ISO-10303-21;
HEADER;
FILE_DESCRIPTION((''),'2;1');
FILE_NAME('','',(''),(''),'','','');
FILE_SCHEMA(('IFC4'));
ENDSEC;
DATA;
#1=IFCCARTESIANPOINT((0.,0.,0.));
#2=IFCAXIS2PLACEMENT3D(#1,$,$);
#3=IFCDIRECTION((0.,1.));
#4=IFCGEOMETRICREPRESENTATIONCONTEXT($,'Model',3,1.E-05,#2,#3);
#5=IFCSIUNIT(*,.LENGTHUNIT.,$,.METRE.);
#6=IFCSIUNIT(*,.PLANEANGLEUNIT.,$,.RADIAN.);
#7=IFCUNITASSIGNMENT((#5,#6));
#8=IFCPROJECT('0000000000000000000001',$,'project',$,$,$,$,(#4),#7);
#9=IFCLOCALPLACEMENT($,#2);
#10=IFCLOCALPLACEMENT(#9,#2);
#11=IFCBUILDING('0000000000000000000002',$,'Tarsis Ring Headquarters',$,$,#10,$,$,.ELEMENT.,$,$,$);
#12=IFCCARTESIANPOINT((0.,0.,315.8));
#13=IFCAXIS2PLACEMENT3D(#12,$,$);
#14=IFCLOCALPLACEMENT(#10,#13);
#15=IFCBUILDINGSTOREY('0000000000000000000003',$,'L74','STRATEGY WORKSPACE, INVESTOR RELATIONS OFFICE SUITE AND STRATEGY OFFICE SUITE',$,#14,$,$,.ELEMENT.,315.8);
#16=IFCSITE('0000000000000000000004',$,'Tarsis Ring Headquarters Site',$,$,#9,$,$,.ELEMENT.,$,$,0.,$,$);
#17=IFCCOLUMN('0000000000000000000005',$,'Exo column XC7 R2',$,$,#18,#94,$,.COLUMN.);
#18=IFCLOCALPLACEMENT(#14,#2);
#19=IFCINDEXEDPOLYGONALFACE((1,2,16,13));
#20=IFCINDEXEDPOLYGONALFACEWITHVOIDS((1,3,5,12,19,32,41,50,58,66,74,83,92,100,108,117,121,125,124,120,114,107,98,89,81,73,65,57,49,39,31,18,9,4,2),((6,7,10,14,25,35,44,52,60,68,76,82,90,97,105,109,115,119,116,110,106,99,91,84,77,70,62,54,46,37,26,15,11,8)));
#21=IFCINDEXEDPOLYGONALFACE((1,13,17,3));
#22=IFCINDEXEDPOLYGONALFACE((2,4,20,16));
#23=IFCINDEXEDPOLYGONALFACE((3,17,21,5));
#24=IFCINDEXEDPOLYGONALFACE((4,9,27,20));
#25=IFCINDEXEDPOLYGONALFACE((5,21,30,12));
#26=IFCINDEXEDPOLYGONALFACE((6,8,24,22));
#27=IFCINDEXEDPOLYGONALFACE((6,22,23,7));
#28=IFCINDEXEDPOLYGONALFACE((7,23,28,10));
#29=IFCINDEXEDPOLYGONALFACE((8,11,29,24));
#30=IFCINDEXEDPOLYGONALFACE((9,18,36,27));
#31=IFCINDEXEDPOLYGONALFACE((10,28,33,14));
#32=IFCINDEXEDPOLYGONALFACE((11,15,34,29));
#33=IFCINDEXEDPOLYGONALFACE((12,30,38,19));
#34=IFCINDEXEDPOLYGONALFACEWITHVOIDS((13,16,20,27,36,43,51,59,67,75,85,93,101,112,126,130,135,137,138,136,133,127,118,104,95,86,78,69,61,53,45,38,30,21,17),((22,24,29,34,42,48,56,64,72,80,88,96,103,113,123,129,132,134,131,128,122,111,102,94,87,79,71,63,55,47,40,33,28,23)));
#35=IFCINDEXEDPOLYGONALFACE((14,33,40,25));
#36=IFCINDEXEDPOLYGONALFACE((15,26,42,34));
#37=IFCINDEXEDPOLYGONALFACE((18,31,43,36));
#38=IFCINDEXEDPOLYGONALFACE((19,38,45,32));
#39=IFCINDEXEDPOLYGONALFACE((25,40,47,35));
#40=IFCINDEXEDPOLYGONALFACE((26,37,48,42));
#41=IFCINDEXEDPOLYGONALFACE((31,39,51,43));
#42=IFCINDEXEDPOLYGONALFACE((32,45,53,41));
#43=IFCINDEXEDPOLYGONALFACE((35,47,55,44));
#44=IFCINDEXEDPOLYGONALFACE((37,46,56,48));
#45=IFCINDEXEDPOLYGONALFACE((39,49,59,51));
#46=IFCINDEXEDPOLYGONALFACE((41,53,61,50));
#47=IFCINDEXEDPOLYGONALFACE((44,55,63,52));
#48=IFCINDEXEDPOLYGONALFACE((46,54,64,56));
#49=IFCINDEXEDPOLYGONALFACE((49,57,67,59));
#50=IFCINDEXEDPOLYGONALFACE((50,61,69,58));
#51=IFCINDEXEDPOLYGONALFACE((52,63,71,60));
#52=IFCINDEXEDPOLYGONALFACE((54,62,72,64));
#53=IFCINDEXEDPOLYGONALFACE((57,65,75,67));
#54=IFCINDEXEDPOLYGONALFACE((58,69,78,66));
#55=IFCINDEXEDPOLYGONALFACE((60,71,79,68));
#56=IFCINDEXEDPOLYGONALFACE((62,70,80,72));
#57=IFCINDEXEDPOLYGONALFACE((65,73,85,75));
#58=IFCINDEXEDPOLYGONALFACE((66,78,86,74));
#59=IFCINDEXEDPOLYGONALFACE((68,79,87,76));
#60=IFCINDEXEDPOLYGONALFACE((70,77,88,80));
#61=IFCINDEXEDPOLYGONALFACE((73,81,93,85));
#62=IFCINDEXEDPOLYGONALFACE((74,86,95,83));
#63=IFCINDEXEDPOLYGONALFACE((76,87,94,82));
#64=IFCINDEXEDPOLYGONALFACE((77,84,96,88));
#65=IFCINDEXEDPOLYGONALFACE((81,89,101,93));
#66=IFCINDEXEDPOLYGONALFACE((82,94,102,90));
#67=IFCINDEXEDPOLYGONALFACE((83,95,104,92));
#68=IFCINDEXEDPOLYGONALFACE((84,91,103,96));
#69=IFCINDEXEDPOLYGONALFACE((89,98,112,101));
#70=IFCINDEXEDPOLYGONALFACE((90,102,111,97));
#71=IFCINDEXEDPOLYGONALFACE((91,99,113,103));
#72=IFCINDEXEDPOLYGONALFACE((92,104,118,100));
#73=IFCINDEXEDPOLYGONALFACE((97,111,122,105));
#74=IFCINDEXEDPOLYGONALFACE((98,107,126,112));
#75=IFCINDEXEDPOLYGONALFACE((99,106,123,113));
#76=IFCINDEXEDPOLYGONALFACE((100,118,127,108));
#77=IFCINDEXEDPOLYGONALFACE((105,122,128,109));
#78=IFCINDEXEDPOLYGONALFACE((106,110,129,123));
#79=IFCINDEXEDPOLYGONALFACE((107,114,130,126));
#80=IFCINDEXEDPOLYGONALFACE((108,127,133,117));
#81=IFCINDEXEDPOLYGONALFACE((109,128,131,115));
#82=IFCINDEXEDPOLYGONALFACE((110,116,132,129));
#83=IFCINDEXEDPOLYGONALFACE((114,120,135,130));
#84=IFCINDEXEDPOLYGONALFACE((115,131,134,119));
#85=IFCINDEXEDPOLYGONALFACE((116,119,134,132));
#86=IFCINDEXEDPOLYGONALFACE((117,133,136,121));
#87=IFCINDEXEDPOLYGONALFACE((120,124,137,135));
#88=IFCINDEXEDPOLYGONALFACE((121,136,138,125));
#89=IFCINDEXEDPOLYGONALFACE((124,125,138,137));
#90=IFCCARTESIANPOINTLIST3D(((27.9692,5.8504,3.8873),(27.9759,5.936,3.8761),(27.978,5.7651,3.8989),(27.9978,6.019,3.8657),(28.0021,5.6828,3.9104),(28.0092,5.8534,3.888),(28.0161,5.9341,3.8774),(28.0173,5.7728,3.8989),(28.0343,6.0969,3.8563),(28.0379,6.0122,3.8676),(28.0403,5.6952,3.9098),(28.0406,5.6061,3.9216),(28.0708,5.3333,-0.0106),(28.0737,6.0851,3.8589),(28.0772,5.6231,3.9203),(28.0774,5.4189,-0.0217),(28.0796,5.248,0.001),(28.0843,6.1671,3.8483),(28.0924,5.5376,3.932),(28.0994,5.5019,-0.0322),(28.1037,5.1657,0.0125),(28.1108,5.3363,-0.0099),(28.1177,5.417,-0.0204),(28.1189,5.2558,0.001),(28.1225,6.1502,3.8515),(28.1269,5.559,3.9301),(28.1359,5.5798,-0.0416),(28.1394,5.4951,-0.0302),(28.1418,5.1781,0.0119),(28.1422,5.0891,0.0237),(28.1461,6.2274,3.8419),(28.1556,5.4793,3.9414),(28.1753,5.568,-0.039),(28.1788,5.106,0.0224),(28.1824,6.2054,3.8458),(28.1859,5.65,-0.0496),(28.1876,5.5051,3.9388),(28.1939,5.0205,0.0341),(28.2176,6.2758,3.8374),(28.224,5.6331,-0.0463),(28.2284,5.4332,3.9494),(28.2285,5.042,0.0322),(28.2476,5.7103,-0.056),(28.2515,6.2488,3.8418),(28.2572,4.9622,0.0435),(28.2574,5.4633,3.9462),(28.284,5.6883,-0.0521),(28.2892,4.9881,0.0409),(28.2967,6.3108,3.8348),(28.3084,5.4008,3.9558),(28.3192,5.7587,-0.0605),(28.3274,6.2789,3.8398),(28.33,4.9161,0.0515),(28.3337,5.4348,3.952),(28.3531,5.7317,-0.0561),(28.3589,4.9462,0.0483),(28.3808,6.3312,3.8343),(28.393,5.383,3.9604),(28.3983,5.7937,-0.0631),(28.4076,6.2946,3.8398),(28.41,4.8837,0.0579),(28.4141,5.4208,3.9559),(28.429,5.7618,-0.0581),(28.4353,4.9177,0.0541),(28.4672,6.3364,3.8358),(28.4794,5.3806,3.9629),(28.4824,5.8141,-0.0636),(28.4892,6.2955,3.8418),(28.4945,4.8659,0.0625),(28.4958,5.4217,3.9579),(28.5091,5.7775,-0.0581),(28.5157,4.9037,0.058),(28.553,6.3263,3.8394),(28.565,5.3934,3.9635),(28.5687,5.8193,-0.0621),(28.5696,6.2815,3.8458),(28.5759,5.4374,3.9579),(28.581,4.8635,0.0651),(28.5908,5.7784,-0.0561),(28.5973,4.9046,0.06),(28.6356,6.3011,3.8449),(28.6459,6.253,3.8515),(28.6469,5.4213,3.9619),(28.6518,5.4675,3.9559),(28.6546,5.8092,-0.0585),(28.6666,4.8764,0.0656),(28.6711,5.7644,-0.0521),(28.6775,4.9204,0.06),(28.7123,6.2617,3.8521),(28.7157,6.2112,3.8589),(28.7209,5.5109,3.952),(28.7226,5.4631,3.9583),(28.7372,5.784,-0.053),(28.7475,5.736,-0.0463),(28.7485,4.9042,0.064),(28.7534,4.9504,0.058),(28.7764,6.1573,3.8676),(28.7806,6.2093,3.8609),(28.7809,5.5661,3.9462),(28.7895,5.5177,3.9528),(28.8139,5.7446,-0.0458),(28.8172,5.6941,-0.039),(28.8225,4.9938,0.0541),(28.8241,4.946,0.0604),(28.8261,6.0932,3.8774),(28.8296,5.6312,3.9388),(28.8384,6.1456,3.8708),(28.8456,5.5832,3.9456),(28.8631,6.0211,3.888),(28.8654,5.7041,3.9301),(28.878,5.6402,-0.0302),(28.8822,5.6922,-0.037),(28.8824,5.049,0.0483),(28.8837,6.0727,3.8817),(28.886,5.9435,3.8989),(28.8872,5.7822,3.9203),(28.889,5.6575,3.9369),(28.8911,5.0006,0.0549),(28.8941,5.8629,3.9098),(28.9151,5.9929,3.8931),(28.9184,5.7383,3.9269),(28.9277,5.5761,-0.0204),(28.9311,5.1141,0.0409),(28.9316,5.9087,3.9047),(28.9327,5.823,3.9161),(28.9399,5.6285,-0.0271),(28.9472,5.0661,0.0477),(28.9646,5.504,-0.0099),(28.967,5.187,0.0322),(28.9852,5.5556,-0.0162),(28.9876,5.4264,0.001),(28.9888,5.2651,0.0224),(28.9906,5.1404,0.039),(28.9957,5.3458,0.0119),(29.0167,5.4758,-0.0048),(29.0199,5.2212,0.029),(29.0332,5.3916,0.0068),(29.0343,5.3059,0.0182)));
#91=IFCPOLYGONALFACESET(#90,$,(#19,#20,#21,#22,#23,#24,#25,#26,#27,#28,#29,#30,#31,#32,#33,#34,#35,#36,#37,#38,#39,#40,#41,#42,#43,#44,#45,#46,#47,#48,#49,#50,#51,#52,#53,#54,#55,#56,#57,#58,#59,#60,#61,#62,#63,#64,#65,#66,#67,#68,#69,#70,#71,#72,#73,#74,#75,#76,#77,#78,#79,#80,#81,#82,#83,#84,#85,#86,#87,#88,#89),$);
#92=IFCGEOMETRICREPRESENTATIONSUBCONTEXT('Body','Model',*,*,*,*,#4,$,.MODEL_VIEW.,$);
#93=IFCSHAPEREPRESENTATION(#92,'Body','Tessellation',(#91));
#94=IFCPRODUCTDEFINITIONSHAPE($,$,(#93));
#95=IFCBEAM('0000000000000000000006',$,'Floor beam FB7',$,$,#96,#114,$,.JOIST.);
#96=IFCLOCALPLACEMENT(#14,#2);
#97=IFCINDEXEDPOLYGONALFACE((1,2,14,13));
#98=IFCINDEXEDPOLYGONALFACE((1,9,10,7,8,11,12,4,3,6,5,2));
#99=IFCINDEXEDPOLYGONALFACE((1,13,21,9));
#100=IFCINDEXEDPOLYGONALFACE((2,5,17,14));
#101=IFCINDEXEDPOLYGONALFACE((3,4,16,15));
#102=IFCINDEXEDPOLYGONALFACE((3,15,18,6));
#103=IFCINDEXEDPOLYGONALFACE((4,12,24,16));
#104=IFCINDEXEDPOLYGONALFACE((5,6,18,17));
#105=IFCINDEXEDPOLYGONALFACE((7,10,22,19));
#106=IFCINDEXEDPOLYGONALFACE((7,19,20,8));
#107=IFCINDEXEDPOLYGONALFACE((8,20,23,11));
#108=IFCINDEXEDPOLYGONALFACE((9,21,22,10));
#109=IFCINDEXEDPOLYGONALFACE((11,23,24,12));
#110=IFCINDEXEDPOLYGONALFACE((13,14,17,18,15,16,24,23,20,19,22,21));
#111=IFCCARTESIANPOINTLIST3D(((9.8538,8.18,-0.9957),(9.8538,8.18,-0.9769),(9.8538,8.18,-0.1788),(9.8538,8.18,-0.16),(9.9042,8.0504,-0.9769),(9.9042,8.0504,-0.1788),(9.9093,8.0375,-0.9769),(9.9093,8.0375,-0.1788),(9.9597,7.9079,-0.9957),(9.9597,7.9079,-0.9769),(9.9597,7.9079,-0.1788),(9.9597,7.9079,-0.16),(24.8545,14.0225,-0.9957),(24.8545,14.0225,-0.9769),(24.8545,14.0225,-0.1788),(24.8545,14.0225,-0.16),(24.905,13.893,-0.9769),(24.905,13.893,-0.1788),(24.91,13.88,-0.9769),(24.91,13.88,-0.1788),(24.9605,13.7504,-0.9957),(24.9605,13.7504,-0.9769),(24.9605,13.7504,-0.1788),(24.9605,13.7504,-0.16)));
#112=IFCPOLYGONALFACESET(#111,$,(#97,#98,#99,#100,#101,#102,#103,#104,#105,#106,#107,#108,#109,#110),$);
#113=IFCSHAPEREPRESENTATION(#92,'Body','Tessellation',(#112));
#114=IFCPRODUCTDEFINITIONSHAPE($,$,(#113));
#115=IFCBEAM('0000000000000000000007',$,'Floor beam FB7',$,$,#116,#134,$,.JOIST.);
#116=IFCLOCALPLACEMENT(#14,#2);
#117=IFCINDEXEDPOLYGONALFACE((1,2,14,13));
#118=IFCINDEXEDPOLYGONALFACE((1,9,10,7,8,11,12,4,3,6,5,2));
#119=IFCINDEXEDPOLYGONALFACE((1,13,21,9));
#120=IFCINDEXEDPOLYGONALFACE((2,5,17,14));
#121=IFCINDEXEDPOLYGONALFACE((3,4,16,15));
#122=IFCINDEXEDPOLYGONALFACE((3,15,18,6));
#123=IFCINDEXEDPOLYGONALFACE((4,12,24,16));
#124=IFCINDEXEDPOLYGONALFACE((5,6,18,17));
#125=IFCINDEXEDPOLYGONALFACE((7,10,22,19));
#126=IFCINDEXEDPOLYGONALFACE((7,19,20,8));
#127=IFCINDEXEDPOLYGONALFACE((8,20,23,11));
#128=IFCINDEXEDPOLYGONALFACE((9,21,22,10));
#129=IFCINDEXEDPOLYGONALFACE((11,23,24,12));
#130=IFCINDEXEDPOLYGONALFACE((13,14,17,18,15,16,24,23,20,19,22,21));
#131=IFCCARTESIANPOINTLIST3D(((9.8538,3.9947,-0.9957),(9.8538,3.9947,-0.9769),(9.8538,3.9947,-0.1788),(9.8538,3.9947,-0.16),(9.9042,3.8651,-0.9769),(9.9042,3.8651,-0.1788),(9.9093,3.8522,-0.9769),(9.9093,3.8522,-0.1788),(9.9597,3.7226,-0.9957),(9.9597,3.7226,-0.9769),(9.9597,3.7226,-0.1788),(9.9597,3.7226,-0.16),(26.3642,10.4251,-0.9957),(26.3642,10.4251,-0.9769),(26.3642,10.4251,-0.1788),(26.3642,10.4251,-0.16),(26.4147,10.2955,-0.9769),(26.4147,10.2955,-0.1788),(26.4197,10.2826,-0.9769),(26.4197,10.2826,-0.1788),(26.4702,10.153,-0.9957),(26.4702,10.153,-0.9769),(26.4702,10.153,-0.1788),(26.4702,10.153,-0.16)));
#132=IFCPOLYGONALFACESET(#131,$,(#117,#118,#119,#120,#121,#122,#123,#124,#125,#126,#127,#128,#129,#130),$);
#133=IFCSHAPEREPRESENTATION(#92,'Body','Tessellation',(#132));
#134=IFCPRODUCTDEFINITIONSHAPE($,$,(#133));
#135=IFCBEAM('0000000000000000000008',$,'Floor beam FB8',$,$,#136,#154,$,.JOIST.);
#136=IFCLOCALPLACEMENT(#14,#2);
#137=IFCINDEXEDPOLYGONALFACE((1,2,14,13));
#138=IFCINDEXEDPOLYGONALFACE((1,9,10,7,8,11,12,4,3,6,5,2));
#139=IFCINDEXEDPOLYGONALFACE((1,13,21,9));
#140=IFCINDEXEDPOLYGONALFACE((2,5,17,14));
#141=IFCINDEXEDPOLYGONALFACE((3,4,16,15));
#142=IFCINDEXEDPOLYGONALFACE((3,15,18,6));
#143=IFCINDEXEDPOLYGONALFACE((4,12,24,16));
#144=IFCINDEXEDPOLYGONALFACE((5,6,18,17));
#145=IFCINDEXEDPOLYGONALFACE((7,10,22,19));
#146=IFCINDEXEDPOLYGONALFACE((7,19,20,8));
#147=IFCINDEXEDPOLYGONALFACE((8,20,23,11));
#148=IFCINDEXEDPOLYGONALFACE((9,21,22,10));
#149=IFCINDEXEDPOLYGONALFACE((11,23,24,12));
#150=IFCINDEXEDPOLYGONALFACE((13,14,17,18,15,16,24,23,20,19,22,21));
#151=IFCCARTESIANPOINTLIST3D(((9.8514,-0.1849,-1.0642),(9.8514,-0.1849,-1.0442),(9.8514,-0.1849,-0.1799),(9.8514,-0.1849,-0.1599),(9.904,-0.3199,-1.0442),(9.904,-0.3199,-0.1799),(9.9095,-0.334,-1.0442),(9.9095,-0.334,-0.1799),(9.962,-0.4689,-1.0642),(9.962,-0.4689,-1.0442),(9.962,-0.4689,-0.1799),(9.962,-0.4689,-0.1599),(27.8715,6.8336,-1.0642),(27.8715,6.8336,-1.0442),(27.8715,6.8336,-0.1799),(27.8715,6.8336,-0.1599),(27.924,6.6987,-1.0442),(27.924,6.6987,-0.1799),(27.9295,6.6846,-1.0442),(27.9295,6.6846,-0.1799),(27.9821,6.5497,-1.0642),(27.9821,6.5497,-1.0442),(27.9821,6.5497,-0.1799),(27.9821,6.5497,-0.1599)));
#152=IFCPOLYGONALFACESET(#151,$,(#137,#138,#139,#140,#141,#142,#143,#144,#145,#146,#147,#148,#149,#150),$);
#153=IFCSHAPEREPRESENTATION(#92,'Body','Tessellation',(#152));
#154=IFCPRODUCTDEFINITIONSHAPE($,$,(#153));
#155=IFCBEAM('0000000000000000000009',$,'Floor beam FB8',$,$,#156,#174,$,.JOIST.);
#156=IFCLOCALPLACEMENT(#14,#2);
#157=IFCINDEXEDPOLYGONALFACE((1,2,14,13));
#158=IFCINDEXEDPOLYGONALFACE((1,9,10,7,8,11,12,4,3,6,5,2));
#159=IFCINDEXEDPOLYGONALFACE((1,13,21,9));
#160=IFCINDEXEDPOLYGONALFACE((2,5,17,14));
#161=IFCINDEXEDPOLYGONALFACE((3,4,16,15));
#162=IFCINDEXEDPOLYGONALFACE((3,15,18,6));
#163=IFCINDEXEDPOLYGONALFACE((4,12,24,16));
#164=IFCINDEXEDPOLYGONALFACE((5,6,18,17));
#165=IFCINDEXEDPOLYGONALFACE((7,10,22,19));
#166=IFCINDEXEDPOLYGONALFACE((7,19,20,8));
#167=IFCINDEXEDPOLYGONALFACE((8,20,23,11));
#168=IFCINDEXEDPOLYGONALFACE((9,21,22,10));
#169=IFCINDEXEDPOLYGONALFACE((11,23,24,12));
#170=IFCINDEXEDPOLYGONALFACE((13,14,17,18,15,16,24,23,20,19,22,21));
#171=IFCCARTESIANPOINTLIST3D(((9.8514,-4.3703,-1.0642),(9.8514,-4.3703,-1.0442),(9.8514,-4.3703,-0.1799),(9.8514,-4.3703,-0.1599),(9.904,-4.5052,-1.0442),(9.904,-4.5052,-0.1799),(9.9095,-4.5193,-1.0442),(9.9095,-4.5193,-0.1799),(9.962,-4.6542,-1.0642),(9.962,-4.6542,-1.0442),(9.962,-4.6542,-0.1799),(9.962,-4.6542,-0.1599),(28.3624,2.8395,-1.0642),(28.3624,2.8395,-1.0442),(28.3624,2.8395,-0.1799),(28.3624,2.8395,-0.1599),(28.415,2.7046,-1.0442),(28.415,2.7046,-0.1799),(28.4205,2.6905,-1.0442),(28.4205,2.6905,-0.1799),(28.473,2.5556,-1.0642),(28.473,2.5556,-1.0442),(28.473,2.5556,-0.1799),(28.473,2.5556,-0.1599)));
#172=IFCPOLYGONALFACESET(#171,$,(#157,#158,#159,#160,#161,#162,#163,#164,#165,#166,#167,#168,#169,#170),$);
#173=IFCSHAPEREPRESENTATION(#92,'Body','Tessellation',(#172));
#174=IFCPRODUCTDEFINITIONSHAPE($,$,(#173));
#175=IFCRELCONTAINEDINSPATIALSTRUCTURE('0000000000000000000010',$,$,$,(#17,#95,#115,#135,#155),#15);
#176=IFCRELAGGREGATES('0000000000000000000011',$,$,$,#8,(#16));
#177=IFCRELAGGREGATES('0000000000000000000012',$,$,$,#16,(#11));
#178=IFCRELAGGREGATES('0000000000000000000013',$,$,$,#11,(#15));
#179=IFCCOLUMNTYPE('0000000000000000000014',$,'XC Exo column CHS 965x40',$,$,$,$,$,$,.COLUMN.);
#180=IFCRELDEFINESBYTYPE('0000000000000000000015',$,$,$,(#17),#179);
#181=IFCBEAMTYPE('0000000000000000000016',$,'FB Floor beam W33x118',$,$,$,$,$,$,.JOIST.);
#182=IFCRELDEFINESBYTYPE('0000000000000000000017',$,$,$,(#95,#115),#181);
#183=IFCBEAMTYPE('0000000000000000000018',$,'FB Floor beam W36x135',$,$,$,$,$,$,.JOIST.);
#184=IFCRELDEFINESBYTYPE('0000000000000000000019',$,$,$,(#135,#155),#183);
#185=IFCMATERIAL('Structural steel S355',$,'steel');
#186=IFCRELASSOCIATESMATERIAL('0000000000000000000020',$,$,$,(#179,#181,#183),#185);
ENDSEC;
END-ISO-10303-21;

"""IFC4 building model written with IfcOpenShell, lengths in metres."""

from ifc_helpers import new_model, si_unit, direction, frame, origin, origin_2d, place, context, subcontext, project, spatial, hollow_circle, i_section, extrude, material, material_profile, profile_set, type_object, element, save


model = new_model("IFC4")

# Units and contexts
model_context = context("Model", 3, precision=1e-05, world=origin(), true_north=direction((0.0, 1.0)))
body_context = subcontext(model_context, "Body", "Model", "MODEL_VIEW")
ifc_project = project(units=[si_unit("LENGTHUNIT", "METRE"), si_unit("PLANEANGLEUNIT", "RADIAN")], contexts=[model_context])

# Site, building, storey
site_placement = place(None, origin())
site = spatial("IfcSite", under=ifc_project, at=site_placement, Name="Tarsis Ring Headquarters Site", CompositionType="ELEMENT", RefElevation=0.0)
building_placement = place(site_placement, origin())
building = spatial("IfcBuilding", under=site, at=building_placement, Name="Tarsis Ring Headquarters", CompositionType="ELEMENT")
storey_placement = place(building_placement, frame((0.0, 0.0, 315.8)))
storey = spatial("IfcBuildingStorey", under=building, at=storey_placement, Name="L74", Description="STRATEGY WORKSPACE, INVESTOR RELATIONS OFFICE SUITE AND STRATEGY OFFICE SUITE", CompositionType="ELEMENT", Elevation=315.8)

# Column
ifc_material_1 = material(Name="Structural steel S355", Category="steel")
ifc_material_profile_1 = material_profile(ifc_material_1, hollow_circle(Radius=0.4827, WallThickness=0.04, at=origin_2d()), Name="CHS 965x40")
ifc_profile_set_1 = profile_set([ifc_material_profile_1], Name="Structural steel S355")
column_type = type_object("IfcColumnType", Name="XC Exo column CHS 965x40", PredefinedType="COLUMN", material=ifc_profile_set_1)
column_placement = place(storey_placement, frame((28.5532, 5.3411, 0.001), z_axis=(-0.02582, 0.131461, 0.990985), x_axis=(-0.981252, -0.192729, 0.0)))
element("IfcColumn", 1, at=column_placement, inside=storey, type_object=column_type, Name="Exo column XC7 R2", PredefinedType="COLUMN", context=body_context, shape_type="SweptSolid", body=[
    extrude(hollow_circle(Radius=0.4827, WallThickness=0.04, at=origin_2d()), origin(), (0.0, 0.0, 1.0), 3.9333),
])

# Beams
ifc_material_profile_2 = material_profile(ifc_material_1, i_section(OverallWidth=0.292, OverallDepth=0.8357, WebThickness=0.0139, FlangeThickness=0.0188, at=origin_2d()), Name="W33x118")
ifc_profile_set_2 = profile_set([ifc_material_profile_2], Name="Structural steel S355")
beam_type_1 = type_object("IfcBeamType", Name="FB Floor beam W33x118", PredefinedType="JOIST", material=ifc_profile_set_2)
beam_1_placement = place(storey_placement, frame((9.9067, 8.0439, -0.5779), z_axis=(0.931818, 0.362927, 0.0), x_axis=(-0.362927, 0.931818, 0.0)))
element("IfcBeam", 2, at=beam_1_placement, inside=storey, type_object=beam_type_1, Name="Floor beam FB7", PredefinedType="JOIST", context=body_context, shape_type="SweptSolid", body=[
    extrude(i_section(OverallWidth=0.292, OverallDepth=0.8357, WebThickness=0.0139, FlangeThickness=0.0188, at=origin_2d()), origin(), (0.0, 0.0, 1.0), 16.0984),
])
beam_2_placement = place(storey_placement, frame((9.9067, 3.8586, -0.5779), z_axis=(0.93182, 0.36292, 0.0), x_axis=(-0.36292, 0.93182, 0.0)))
element("IfcBeam", 3, at=beam_2_placement, inside=storey, type_object=beam_type_1, Name="Floor beam FB7", PredefinedType="JOIST", context=body_context, shape_type="SweptSolid", body=[
    extrude(i_section(OverallWidth=0.292, OverallDepth=0.8357, WebThickness=0.0139, FlangeThickness=0.0188, at=origin_2d()), origin(), (0.0, 0.0, 1.0), 17.7185),
])
ifc_material_profile_3 = material_profile(ifc_material_1, i_section(OverallWidth=0.3047, OverallDepth=0.9043, WebThickness=0.0151, FlangeThickness=0.02, at=origin_2d()), Name="W36x135")
ifc_profile_set_3 = profile_set([ifc_material_profile_3], Name="Structural steel S355")
beam_type_2 = type_object("IfcBeamType", Name="FB Floor beam W36x135", PredefinedType="JOIST", material=ifc_profile_set_3)
beam_3_placement = place(storey_placement, frame((9.9067, -0.3269, -0.6121), z_axis=(0.931816, 0.36293, 0.0), x_axis=(-0.36293, 0.931816, 0.0)))
element("IfcBeam", 4, at=beam_3_placement, inside=storey, type_object=beam_type_2, Name="Floor beam FB8", PredefinedType="JOIST", context=body_context, shape_type="SweptSolid", body=[
    extrude(i_section(OverallWidth=0.3047, OverallDepth=0.9043, WebThickness=0.0151, FlangeThickness=0.02, at=origin_2d()), origin(), (0.0, 0.0, 1.0), 19.3386),
])
beam_4_placement = place(storey_placement, frame((9.9067, -4.5122, -0.6121), z_axis=(0.931818, 0.362927, 0.0), x_axis=(-0.362927, 0.931818, 0.0)))
element("IfcBeam", 5, at=beam_4_placement, inside=storey, type_object=beam_type_2, Name="Floor beam FB8", PredefinedType="JOIST", context=body_context, shape_type="SweptSolid", body=[
    extrude(i_section(OverallWidth=0.3047, OverallDepth=0.9043, WebThickness=0.0151, FlangeThickness=0.02, at=origin_2d()), origin(), (0.0, 0.0, 1.0), 19.8655),
])

save(model, "model.ifc")
